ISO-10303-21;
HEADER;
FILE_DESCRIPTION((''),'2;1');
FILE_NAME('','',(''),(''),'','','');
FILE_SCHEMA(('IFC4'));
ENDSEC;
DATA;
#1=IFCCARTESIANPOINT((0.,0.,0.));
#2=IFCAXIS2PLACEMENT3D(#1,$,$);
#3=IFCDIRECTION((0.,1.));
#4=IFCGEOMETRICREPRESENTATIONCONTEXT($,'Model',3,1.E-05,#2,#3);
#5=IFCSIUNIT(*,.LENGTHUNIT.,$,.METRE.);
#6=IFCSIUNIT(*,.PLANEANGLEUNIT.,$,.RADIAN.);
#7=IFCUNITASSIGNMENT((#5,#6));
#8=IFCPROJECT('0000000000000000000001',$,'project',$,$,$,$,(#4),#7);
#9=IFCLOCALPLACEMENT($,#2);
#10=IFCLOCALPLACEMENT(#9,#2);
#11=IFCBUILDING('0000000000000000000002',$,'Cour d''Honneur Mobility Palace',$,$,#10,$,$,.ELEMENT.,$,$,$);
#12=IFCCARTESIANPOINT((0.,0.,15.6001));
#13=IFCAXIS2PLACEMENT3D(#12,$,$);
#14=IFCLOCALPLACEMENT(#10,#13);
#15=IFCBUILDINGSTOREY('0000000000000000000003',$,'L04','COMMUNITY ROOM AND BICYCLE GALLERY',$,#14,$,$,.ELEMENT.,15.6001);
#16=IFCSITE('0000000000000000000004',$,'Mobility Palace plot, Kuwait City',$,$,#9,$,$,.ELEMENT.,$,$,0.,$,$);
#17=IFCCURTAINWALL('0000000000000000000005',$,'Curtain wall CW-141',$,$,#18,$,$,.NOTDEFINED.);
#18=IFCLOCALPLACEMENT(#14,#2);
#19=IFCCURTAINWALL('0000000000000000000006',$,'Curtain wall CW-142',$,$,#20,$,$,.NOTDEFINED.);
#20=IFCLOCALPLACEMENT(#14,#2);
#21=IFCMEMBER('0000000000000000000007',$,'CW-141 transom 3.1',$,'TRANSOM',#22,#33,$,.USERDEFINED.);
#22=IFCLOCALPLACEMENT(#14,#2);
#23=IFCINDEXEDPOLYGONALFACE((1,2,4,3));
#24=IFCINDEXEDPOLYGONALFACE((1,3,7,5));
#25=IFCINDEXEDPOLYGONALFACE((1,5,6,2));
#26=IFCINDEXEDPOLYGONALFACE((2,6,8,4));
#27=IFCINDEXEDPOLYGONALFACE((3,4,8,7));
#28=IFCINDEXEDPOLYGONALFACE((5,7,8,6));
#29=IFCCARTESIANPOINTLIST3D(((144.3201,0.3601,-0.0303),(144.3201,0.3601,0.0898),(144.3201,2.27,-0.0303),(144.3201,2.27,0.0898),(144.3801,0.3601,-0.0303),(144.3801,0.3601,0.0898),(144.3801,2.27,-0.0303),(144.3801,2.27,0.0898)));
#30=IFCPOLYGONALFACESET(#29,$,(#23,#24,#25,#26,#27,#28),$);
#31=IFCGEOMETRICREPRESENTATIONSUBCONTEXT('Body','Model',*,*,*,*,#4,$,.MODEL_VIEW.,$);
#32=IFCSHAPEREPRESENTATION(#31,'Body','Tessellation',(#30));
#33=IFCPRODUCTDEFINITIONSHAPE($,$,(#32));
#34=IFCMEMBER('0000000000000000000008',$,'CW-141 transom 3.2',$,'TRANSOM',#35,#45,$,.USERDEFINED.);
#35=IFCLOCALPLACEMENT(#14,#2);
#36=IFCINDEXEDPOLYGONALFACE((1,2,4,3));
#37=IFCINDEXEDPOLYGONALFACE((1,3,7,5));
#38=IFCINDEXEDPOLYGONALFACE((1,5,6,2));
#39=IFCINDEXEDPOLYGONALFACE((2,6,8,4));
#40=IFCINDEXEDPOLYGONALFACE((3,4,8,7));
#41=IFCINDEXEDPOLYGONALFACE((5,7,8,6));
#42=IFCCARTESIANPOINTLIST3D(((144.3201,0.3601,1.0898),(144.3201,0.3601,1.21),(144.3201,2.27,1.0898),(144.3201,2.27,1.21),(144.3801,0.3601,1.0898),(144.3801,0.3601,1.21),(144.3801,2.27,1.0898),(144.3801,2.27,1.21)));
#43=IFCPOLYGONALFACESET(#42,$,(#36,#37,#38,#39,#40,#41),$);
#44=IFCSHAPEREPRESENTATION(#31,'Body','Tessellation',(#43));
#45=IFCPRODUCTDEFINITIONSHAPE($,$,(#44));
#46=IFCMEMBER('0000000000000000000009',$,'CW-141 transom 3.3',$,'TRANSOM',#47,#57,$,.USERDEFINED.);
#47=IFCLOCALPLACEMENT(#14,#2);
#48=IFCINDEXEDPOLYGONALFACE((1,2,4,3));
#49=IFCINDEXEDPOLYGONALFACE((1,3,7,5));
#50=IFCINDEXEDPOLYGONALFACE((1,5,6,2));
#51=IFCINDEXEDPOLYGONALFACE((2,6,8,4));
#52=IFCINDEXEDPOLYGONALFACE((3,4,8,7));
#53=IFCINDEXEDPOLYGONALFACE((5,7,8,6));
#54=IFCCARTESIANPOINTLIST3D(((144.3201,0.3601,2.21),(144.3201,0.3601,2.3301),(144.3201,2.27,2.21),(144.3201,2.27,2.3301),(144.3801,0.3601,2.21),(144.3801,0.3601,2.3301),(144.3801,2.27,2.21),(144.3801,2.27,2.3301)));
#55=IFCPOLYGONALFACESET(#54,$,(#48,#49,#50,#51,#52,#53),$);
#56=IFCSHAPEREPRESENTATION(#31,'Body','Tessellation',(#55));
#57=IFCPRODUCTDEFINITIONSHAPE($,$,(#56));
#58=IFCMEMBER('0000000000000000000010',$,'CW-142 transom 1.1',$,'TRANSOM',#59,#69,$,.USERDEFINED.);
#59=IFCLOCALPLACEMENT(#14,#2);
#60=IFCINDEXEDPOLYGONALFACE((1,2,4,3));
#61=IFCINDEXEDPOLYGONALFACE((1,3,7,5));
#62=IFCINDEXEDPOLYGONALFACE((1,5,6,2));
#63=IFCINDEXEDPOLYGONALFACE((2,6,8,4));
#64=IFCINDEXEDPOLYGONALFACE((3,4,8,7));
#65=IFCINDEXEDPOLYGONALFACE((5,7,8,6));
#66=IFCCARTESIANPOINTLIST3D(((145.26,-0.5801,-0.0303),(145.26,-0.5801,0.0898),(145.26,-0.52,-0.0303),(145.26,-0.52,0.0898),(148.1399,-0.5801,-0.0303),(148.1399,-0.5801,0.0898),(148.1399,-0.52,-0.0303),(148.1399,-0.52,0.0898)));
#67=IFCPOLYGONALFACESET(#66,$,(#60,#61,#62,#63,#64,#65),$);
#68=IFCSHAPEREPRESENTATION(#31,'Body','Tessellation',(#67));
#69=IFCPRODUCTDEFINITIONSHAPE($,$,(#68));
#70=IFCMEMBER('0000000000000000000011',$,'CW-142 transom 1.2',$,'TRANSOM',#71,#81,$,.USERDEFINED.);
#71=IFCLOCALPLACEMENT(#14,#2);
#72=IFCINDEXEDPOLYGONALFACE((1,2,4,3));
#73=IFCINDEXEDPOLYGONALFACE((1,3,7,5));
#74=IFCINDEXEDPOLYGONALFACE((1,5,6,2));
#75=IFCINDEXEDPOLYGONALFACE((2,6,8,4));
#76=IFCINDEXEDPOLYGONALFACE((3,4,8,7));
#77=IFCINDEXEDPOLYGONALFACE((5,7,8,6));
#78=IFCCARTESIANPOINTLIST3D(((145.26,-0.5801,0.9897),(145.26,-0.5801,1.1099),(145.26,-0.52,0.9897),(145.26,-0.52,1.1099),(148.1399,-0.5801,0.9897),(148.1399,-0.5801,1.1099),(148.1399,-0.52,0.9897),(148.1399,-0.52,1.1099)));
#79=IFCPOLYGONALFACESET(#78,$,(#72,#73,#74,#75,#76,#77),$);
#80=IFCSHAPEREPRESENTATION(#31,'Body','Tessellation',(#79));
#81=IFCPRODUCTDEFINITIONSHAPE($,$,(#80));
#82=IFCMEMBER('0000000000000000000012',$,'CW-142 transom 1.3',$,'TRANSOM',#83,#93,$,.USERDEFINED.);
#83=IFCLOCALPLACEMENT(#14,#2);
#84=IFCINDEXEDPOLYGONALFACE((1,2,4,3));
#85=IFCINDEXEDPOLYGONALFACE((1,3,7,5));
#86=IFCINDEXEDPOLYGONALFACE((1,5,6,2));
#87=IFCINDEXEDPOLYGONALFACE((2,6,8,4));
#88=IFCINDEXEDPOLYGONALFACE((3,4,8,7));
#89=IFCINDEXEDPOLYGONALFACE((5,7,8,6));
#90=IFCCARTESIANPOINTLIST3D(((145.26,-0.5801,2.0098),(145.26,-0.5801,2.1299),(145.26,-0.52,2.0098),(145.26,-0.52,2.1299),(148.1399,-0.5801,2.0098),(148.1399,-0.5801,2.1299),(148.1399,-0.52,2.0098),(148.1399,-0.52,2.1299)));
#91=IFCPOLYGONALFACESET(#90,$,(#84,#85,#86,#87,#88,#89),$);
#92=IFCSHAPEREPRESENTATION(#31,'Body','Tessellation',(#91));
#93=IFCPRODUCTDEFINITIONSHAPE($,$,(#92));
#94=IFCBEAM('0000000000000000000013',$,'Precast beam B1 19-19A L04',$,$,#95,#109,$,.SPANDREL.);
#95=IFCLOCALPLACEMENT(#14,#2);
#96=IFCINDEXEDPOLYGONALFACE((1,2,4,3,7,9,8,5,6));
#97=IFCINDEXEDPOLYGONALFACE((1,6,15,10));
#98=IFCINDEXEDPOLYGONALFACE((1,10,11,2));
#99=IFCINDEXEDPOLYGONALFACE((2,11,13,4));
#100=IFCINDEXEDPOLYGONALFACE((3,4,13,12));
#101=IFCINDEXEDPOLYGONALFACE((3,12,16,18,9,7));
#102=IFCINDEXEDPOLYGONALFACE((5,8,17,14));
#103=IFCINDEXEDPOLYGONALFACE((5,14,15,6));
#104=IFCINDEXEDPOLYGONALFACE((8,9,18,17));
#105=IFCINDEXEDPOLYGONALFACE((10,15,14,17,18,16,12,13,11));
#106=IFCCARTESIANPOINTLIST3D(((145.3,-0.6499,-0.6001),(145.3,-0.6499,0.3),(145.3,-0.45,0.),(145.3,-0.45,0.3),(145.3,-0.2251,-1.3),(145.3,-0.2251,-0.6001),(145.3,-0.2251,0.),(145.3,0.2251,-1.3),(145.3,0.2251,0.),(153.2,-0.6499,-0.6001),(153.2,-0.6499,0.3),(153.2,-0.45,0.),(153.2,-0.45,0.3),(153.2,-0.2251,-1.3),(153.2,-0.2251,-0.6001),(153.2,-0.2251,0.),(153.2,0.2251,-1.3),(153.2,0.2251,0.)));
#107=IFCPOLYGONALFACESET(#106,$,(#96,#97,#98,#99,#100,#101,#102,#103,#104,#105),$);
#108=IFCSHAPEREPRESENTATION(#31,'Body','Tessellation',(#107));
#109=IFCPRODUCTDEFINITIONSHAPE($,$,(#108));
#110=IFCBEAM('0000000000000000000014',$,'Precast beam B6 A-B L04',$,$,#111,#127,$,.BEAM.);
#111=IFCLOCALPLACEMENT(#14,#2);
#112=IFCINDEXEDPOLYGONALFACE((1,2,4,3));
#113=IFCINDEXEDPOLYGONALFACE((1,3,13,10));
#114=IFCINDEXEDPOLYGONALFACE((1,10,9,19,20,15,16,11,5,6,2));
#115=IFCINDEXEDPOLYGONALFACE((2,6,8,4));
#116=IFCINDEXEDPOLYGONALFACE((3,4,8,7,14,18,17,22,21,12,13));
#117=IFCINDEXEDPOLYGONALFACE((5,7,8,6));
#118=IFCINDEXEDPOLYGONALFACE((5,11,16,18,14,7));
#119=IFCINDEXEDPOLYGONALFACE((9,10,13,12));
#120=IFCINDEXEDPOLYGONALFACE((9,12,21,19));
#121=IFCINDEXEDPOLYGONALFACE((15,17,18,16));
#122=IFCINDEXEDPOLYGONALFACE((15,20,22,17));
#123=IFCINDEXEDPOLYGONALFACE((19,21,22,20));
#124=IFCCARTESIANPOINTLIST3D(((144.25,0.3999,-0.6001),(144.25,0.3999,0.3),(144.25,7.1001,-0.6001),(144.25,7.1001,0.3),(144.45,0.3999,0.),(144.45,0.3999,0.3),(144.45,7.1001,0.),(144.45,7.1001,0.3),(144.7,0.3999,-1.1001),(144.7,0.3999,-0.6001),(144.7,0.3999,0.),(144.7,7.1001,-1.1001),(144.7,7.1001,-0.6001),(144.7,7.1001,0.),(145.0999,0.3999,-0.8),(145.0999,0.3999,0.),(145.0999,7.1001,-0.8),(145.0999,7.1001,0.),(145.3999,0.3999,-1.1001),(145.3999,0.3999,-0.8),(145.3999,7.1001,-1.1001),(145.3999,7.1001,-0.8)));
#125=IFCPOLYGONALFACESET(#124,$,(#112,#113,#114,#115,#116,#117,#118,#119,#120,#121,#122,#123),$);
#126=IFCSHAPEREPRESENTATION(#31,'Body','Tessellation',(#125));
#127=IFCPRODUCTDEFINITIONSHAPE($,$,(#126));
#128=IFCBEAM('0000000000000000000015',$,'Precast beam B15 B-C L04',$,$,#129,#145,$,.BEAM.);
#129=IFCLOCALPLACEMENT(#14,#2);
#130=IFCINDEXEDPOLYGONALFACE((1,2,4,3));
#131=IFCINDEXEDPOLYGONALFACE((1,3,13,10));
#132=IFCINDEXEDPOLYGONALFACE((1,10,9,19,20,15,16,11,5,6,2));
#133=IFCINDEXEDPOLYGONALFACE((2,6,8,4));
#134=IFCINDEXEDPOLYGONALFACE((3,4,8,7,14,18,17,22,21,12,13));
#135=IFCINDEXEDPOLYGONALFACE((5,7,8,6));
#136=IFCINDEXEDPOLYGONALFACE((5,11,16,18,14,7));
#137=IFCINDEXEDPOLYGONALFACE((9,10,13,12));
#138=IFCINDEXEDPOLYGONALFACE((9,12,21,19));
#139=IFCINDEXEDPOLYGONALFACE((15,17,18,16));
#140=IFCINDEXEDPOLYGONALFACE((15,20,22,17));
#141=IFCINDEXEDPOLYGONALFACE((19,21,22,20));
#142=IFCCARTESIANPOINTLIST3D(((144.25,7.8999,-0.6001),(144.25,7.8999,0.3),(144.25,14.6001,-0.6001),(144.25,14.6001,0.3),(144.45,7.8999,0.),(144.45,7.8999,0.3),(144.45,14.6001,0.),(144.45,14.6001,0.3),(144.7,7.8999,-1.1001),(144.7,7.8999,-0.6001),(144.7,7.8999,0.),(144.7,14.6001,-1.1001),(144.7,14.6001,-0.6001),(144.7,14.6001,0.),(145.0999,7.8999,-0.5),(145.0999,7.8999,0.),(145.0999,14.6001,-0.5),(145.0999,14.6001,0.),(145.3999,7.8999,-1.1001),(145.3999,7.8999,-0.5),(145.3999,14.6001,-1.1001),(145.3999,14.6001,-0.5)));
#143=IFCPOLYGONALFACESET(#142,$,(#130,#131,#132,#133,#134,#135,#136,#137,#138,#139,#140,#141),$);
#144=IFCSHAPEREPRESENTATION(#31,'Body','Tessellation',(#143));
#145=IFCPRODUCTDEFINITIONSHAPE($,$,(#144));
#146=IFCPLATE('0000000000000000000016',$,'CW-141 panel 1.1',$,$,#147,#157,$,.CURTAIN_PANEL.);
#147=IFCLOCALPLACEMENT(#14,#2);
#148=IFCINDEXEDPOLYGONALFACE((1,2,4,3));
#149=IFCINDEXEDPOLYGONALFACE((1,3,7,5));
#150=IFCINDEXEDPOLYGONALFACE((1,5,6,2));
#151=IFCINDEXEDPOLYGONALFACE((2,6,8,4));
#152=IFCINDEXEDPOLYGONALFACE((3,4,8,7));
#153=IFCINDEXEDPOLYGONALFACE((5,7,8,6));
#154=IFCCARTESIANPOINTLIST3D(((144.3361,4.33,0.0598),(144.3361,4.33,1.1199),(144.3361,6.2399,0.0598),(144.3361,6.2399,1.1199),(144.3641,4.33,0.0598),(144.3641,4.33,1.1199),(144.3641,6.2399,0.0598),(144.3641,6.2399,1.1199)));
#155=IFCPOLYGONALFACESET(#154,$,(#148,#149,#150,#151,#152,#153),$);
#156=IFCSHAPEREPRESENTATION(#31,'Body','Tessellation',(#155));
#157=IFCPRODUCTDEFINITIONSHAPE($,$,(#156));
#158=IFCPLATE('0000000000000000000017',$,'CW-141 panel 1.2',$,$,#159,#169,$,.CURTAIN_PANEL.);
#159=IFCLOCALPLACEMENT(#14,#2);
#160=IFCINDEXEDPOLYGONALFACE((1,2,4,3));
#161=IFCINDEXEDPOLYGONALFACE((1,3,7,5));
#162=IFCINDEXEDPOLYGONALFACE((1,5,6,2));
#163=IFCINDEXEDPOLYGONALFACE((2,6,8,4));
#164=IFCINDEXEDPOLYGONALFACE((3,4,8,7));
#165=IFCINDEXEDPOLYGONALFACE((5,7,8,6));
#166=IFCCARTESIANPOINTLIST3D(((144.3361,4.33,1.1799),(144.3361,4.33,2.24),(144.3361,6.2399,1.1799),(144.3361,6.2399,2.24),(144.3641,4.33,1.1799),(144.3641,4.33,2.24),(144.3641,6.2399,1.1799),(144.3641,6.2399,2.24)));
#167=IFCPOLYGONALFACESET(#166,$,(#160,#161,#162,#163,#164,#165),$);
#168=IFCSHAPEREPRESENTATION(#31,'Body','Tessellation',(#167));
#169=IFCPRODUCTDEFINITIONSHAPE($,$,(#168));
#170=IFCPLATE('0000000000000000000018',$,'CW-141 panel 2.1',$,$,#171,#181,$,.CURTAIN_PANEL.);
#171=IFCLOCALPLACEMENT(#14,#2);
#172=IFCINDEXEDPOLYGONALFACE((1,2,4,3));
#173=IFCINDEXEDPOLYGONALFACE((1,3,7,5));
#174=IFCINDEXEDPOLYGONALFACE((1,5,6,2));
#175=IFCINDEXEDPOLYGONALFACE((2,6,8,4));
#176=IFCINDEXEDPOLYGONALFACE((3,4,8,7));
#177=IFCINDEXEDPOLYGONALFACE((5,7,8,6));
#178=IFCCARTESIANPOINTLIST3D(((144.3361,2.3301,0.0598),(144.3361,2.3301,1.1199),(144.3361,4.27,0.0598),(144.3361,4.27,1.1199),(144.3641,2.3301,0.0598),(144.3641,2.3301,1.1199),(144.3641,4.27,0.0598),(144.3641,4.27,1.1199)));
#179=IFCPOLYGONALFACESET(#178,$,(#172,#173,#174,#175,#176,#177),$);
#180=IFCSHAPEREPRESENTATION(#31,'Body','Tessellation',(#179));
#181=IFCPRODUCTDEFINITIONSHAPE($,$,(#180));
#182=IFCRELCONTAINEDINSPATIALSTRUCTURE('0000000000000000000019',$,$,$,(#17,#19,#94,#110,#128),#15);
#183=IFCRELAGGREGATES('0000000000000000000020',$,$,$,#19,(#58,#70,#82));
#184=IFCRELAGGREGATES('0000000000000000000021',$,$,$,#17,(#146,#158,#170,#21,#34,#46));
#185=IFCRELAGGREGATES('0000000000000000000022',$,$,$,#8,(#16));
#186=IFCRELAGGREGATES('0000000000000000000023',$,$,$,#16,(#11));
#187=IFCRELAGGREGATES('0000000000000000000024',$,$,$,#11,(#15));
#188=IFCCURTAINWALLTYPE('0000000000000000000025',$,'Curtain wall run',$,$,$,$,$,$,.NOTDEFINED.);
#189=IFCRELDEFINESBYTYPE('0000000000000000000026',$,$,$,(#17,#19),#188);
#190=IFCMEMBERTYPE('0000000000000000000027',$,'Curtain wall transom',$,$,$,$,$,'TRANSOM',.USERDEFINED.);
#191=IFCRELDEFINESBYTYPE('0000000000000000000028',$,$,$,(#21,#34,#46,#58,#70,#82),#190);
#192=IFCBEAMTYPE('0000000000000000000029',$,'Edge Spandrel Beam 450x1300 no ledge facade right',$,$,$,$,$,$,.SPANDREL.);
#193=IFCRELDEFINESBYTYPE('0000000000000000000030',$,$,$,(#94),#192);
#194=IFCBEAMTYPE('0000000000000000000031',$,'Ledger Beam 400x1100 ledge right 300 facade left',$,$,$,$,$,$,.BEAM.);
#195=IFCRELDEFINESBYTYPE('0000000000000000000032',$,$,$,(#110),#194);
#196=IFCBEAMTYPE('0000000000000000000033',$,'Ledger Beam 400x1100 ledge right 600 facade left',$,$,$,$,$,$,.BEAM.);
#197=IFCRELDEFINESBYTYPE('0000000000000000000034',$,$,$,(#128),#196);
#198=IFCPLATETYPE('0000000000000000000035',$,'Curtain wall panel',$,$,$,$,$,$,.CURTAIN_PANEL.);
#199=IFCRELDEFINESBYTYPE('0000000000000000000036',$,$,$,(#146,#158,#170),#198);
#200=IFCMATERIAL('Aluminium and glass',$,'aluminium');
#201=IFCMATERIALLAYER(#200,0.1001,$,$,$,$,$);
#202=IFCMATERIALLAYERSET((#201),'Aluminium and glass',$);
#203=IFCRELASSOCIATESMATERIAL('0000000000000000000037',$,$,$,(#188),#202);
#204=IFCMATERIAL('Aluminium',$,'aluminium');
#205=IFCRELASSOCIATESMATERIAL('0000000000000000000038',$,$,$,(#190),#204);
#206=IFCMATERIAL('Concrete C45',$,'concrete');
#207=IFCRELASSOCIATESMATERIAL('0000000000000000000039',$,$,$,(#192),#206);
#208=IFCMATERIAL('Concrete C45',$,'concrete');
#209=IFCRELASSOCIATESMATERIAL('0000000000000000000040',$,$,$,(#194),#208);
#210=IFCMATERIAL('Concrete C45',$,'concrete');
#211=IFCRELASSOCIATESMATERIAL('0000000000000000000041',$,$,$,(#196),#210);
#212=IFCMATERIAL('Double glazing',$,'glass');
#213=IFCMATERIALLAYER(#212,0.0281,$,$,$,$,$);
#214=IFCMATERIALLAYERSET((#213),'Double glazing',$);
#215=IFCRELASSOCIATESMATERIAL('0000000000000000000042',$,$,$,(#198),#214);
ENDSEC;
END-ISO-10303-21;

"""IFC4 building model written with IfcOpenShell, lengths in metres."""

from ifc_helpers import new_model, si_unit, direction, frame, origin, origin_2d, place, context, subcontext, project, spatial, polyline, rectangle, outline, extrude, material, layer, layer_set, material_profile, profile_set, type_object, element, aggregate, save


model = new_model("IFC4")

# Units and contexts
model_context = context("Model", 3, precision=1e-05, world=origin(), true_north=direction((0.0, 1.0)))
body_context = subcontext(model_context, "Body", "Model", "MODEL_VIEW")
ifc_project = project(units=[si_unit("LENGTHUNIT", "METRE"), si_unit("PLANEANGLEUNIT", "RADIAN")], contexts=[model_context])

# Site, building, storey
site_placement = place(None, origin())
site = spatial("IfcSite", under=ifc_project, at=site_placement, Name="Mobility Palace plot, Kuwait City", CompositionType="ELEMENT", RefElevation=0.0)
building_placement = place(site_placement, origin())
building = spatial("IfcBuilding", under=site, at=building_placement, Name="Cour d'Honneur Mobility Palace", CompositionType="ELEMENT")
storey_placement = place(building_placement, frame((0.0, 0.0, 15.6001)))
storey = spatial("IfcBuildingStorey", under=building, at=storey_placement, Name="L04", Description="COMMUNITY ROOM AND BICYCLE GALLERY", CompositionType="ELEMENT", Elevation=15.6001)

# Curtain wall
ifc_material_1 = material(Name="Aluminium and glass", Category="aluminium")
ifc_layer_1 = layer(ifc_material_1, 0.1001)
ifc_layer_set_1 = layer_set([ifc_layer_1], Name="Aluminium and glass")
curtain_wall_type = type_object("IfcCurtainWallType", Name="Curtain wall run", PredefinedType="NOTDEFINED", material=ifc_layer_set_1)
curtain_wall_1_placement = place(storey_placement, origin())
curtain_wall_1 = element("IfcCurtainWall", 1, at=curtain_wall_1_placement, inside=storey, type_object=curtain_wall_type, Name="Curtain wall CW-141", PredefinedType="NOTDEFINED")

# Curtain wall
curtain_wall_2_placement = place(storey_placement, origin())
curtain_wall_2 = element("IfcCurtainWall", 2, at=curtain_wall_2_placement, inside=storey, type_object=curtain_wall_type, Name="Curtain wall CW-142", PredefinedType="NOTDEFINED")

# Members
ifc_material_2 = material(Name="Aluminium", Category="aluminium")
ifc_material_profile_1 = material_profile(ifc_material_2, rectangle(XDim=0.0601, YDim=0.1201, at=origin_2d()), Name="Curtain wall transom")
ifc_profile_set_1 = profile_set([ifc_material_profile_1], Name="Aluminium")
member_type_1 = type_object("IfcMemberType", Name="Curtain wall transom", ElementType="TRANSOM", PredefinedType="USERDEFINED", material=ifc_profile_set_1)
member_1_placement = place(storey_placement, frame((144.3501, 2.27, 0.0298), z_axis=(0.0, -1.0, 0.0), x_axis=(1.0, 0.0, 0.0)))
member_1 = element("IfcMember", 3, at=member_1_placement, type_object=member_type_1, Name="CW-141 transom 3.1", ObjectType="TRANSOM", PredefinedType="USERDEFINED", context=body_context, shape_type="SweptSolid", body=[
    extrude(rectangle(XDim=0.0601, YDim=0.1201, at=origin_2d()), origin(), (0.0, 0.0, 1.0), 1.9099),
])
member_2_placement = place(storey_placement, frame((144.3501, 2.27, 1.1499), z_axis=(0.0, -1.0, 0.0), x_axis=(1.0, 0.0, 0.0)))
member_2 = element("IfcMember", 4, at=member_2_placement, type_object=member_type_1, Name="CW-141 transom 3.2", ObjectType="TRANSOM", PredefinedType="USERDEFINED", context=body_context, shape_type="SweptSolid", body=[
    extrude(rectangle(XDim=0.0601, YDim=0.1201, at=origin_2d()), origin(), (0.0, 0.0, 1.0), 1.9099),
])
member_3_placement = place(storey_placement, frame((144.3501, 2.27, 2.27), z_axis=(0.0, -1.0, 0.0), x_axis=(1.0, 0.0, 0.0)))
member_3 = element("IfcMember", 5, at=member_3_placement, type_object=member_type_1, Name="CW-141 transom 3.3", ObjectType="TRANSOM", PredefinedType="USERDEFINED", context=body_context, shape_type="SweptSolid", body=[
    extrude(rectangle(XDim=0.0601, YDim=0.1201, at=origin_2d()), origin(), (0.0, 0.0, 1.0), 1.9099),
])
member_4_placement = place(storey_placement, frame((145.26, -0.55, 0.0298), z_axis=(1.0, 0.0, 0.0), x_axis=(0.0, 1.0, 0.0)))
member_4 = element("IfcMember", 6, at=member_4_placement, type_object=member_type_1, Name="CW-142 transom 1.1", ObjectType="TRANSOM", PredefinedType="USERDEFINED", context=body_context, shape_type="SweptSolid", body=[
    extrude(rectangle(XDim=0.0601, YDim=0.1201, at=origin_2d()), origin(), (0.0, 0.0, 1.0), 2.8799),
])
member_5_placement = place(storey_placement, frame((145.26, -0.55, 1.0498), z_axis=(1.0, 0.0, 0.0), x_axis=(0.0, 1.0, 0.0)))
member_5 = element("IfcMember", 7, at=member_5_placement, type_object=member_type_1, Name="CW-142 transom 1.2", ObjectType="TRANSOM", PredefinedType="USERDEFINED", context=body_context, shape_type="SweptSolid", body=[
    extrude(rectangle(XDim=0.0601, YDim=0.1201, at=origin_2d()), origin(), (0.0, 0.0, 1.0), 2.8799),
])
member_6_placement = place(storey_placement, frame((145.26, -0.55, 2.0698), z_axis=(1.0, 0.0, 0.0), x_axis=(0.0, 1.0, 0.0)))
member_6 = element("IfcMember", 8, at=member_6_placement, type_object=member_type_1, Name="CW-142 transom 1.3", ObjectType="TRANSOM", PredefinedType="USERDEFINED", context=body_context, shape_type="SweptSolid", body=[
    extrude(rectangle(XDim=0.0601, YDim=0.1201, at=origin_2d()), origin(), (0.0, 0.0, 1.0), 2.8799),
])
aggregate(curtain_wall_2, [member_4, member_5, member_6])

# Beams
ifc_material_3 = material(Name="Concrete C45", Category="concrete")
ifc_material_profile_2 = material_profile(ifc_material_3, outline(polyline([(0.2251, -1.3), (0.2251, 0.0), (-0.2251, 0.0), (-0.45, 0.0), (-0.45, 0.3), (-0.6499, 0.3), (-0.6499, -0.6001), (-0.2251, -0.6001), (-0.2251, -1.3), (0.2251, -1.3)])), Name="Edge Spandrel Beam 450x1300 no ledge facade right")
ifc_profile_set_2 = profile_set([ifc_material_profile_2], Name="Concrete C45")
beam_type_1 = type_object("IfcBeamType", Name="Edge Spandrel Beam 450x1300 no ledge facade right", PredefinedType="SPANDREL", material=ifc_profile_set_2)
beam_1_placement = place(storey_placement, frame((145.3, 0.0, 0.0), z_axis=(1.0, 0.0, 0.0), x_axis=(0.0, 1.0, 0.0)))
element("IfcBeam", 9, at=beam_1_placement, inside=storey, type_object=beam_type_1, Name="Precast beam B1 19-19A L04", PredefinedType="SPANDREL", context=body_context, shape_type="SweptSolid", body=[
    extrude(outline(polyline([(0.2251, -1.3), (0.2251, 0.0), (-0.2251, 0.0), (-0.45, 0.0), (-0.45, 0.3), (-0.6499, 0.3), (-0.6499, -0.6001), (-0.2251, -0.6001), (-0.2251, -1.3), (0.2251, -1.3)])), origin(), (0.0, 0.0, 1.0), 7.8999),
])
ifc_material_4 = material(Name="Concrete C45", Category="concrete")
ifc_material_profile_3 = material_profile(ifc_material_4, outline(polyline([(0.2, -1.1001), (0.2, -0.6001), (0.6499, -0.6001), (0.6499, 0.3), (0.45, 0.3), (0.45, 0.0), (0.2, 0.0), (-0.2, 0.0), (-0.2, -0.8), (-0.5, -0.8), (-0.5, -1.1001), (0.2, -1.1001)])), Name="Ledger Beam 400x1100 ledge right 300 facade left")
ifc_profile_set_3 = profile_set([ifc_material_profile_3], Name="Concrete C45")
beam_type_2 = type_object("IfcBeamType", Name="Ledger Beam 400x1100 ledge right 300 facade left", PredefinedType="BEAM", material=ifc_profile_set_3)
beam_2_placement = place(storey_placement, frame((144.8999, 0.3999, 0.0), z_axis=(0.0, 1.0, 0.0), x_axis=(-1.0, 0.0, 0.0)))
element("IfcBeam", 10, at=beam_2_placement, inside=storey, type_object=beam_type_2, Name="Precast beam B6 A-B L04", PredefinedType="BEAM", context=body_context, shape_type="SweptSolid", body=[
    extrude(outline(polyline([(0.2, -1.1001), (0.2, -0.6001), (0.6499, -0.6001), (0.6499, 0.3), (0.45, 0.3), (0.45, 0.0), (0.2, 0.0), (-0.2, 0.0), (-0.2, -0.8), (-0.5, -0.8), (-0.5, -1.1001), (0.2, -1.1001)])), origin(), (0.0, 0.0, 1.0), 6.7002),
])
ifc_material_5 = material(Name="Concrete C45", Category="concrete")
ifc_material_profile_4 = material_profile(ifc_material_5, outline(polyline([(0.2, -1.1001), (0.2, -0.6001), (0.6499, -0.6001), (0.6499, 0.3), (0.45, 0.3), (0.45, 0.0), (0.2, 0.0), (-0.2, 0.0), (-0.2, -0.5), (-0.5, -0.5), (-0.5, -1.1001), (0.2, -1.1001)])), Name="Ledger Beam 400x1100 ledge right 600 facade left")
ifc_profile_set_4 = profile_set([ifc_material_profile_4], Name="Concrete C45")
beam_type_3 = type_object("IfcBeamType", Name="Ledger Beam 400x1100 ledge right 600 facade left", PredefinedType="BEAM", material=ifc_profile_set_4)
beam_3_placement = place(storey_placement, frame((144.8999, 7.8999, 0.0), z_axis=(0.0, 1.0, 0.0), x_axis=(-1.0, 0.0, 0.0)))
element("IfcBeam", 11, at=beam_3_placement, inside=storey, type_object=beam_type_3, Name="Precast beam B15 B-C L04", PredefinedType="BEAM", context=body_context, shape_type="SweptSolid", body=[
    extrude(outline(polyline([(0.2, -1.1001), (0.2, -0.6001), (0.6499, -0.6001), (0.6499, 0.3), (0.45, 0.3), (0.45, 0.0), (0.2, 0.0), (-0.2, 0.0), (-0.2, -0.5), (-0.5, -0.5), (-0.5, -1.1001), (0.2, -1.1001)])), origin(), (0.0, 0.0, 1.0), 6.7002),
])

# Plates
ifc_material_6 = material(Name="Double glazing", Category="glass")
ifc_layer_2 = layer(ifc_material_6, 0.0281)
ifc_layer_set_2 = layer_set([ifc_layer_2], Name="Double glazing")
plate_type = type_object("IfcPlateType", Name="Curtain wall panel", PredefinedType="CURTAIN_PANEL", material=ifc_layer_set_2)
plate_1_placement = place(storey_placement, frame((144.3501, 5.2849, 0.0598), z_axis=(0.0, 0.0, 1.0), x_axis=(0.0, -1.0, 0.0)))
plate_1 = element("IfcPlate", 12, at=plate_1_placement, type_object=plate_type, Name="CW-141 panel 1.1", PredefinedType="CURTAIN_PANEL", context=body_context, shape_type="SweptSolid", body=[
    extrude(rectangle(XDim=1.9099, YDim=0.0281, at=origin_2d()), origin(), (0.0, 0.0, 1.0), 1.0601),
])
plate_2_placement = place(storey_placement, frame((144.3501, 5.2849, 1.1799), z_axis=(0.0, 0.0, 1.0), x_axis=(0.0, -1.0, 0.0)))
plate_2 = element("IfcPlate", 13, at=plate_2_placement, type_object=plate_type, Name="CW-141 panel 1.2", PredefinedType="CURTAIN_PANEL", context=body_context, shape_type="SweptSolid", body=[
    extrude(rectangle(XDim=1.9099, YDim=0.0281, at=origin_2d()), origin(), (0.0, 0.0, 1.0), 1.0601),
])
plate_3_placement = place(storey_placement, frame((144.3501, 3.3, 0.0598), z_axis=(0.0, 0.0, 1.0), x_axis=(0.0, -1.0, 0.0)))
plate_3 = element("IfcPlate", 14, at=plate_3_placement, type_object=plate_type, Name="CW-141 panel 2.1", PredefinedType="CURTAIN_PANEL", context=body_context, shape_type="SweptSolid", body=[
    extrude(rectangle(XDim=1.9399, YDim=0.0281, at=origin_2d()), origin(), (0.0, 0.0, 1.0), 1.0601),
])
aggregate(curtain_wall_1, [plate_1, plate_2, plate_3, member_1, member_2, member_3])

save(model, "model.ifc")
